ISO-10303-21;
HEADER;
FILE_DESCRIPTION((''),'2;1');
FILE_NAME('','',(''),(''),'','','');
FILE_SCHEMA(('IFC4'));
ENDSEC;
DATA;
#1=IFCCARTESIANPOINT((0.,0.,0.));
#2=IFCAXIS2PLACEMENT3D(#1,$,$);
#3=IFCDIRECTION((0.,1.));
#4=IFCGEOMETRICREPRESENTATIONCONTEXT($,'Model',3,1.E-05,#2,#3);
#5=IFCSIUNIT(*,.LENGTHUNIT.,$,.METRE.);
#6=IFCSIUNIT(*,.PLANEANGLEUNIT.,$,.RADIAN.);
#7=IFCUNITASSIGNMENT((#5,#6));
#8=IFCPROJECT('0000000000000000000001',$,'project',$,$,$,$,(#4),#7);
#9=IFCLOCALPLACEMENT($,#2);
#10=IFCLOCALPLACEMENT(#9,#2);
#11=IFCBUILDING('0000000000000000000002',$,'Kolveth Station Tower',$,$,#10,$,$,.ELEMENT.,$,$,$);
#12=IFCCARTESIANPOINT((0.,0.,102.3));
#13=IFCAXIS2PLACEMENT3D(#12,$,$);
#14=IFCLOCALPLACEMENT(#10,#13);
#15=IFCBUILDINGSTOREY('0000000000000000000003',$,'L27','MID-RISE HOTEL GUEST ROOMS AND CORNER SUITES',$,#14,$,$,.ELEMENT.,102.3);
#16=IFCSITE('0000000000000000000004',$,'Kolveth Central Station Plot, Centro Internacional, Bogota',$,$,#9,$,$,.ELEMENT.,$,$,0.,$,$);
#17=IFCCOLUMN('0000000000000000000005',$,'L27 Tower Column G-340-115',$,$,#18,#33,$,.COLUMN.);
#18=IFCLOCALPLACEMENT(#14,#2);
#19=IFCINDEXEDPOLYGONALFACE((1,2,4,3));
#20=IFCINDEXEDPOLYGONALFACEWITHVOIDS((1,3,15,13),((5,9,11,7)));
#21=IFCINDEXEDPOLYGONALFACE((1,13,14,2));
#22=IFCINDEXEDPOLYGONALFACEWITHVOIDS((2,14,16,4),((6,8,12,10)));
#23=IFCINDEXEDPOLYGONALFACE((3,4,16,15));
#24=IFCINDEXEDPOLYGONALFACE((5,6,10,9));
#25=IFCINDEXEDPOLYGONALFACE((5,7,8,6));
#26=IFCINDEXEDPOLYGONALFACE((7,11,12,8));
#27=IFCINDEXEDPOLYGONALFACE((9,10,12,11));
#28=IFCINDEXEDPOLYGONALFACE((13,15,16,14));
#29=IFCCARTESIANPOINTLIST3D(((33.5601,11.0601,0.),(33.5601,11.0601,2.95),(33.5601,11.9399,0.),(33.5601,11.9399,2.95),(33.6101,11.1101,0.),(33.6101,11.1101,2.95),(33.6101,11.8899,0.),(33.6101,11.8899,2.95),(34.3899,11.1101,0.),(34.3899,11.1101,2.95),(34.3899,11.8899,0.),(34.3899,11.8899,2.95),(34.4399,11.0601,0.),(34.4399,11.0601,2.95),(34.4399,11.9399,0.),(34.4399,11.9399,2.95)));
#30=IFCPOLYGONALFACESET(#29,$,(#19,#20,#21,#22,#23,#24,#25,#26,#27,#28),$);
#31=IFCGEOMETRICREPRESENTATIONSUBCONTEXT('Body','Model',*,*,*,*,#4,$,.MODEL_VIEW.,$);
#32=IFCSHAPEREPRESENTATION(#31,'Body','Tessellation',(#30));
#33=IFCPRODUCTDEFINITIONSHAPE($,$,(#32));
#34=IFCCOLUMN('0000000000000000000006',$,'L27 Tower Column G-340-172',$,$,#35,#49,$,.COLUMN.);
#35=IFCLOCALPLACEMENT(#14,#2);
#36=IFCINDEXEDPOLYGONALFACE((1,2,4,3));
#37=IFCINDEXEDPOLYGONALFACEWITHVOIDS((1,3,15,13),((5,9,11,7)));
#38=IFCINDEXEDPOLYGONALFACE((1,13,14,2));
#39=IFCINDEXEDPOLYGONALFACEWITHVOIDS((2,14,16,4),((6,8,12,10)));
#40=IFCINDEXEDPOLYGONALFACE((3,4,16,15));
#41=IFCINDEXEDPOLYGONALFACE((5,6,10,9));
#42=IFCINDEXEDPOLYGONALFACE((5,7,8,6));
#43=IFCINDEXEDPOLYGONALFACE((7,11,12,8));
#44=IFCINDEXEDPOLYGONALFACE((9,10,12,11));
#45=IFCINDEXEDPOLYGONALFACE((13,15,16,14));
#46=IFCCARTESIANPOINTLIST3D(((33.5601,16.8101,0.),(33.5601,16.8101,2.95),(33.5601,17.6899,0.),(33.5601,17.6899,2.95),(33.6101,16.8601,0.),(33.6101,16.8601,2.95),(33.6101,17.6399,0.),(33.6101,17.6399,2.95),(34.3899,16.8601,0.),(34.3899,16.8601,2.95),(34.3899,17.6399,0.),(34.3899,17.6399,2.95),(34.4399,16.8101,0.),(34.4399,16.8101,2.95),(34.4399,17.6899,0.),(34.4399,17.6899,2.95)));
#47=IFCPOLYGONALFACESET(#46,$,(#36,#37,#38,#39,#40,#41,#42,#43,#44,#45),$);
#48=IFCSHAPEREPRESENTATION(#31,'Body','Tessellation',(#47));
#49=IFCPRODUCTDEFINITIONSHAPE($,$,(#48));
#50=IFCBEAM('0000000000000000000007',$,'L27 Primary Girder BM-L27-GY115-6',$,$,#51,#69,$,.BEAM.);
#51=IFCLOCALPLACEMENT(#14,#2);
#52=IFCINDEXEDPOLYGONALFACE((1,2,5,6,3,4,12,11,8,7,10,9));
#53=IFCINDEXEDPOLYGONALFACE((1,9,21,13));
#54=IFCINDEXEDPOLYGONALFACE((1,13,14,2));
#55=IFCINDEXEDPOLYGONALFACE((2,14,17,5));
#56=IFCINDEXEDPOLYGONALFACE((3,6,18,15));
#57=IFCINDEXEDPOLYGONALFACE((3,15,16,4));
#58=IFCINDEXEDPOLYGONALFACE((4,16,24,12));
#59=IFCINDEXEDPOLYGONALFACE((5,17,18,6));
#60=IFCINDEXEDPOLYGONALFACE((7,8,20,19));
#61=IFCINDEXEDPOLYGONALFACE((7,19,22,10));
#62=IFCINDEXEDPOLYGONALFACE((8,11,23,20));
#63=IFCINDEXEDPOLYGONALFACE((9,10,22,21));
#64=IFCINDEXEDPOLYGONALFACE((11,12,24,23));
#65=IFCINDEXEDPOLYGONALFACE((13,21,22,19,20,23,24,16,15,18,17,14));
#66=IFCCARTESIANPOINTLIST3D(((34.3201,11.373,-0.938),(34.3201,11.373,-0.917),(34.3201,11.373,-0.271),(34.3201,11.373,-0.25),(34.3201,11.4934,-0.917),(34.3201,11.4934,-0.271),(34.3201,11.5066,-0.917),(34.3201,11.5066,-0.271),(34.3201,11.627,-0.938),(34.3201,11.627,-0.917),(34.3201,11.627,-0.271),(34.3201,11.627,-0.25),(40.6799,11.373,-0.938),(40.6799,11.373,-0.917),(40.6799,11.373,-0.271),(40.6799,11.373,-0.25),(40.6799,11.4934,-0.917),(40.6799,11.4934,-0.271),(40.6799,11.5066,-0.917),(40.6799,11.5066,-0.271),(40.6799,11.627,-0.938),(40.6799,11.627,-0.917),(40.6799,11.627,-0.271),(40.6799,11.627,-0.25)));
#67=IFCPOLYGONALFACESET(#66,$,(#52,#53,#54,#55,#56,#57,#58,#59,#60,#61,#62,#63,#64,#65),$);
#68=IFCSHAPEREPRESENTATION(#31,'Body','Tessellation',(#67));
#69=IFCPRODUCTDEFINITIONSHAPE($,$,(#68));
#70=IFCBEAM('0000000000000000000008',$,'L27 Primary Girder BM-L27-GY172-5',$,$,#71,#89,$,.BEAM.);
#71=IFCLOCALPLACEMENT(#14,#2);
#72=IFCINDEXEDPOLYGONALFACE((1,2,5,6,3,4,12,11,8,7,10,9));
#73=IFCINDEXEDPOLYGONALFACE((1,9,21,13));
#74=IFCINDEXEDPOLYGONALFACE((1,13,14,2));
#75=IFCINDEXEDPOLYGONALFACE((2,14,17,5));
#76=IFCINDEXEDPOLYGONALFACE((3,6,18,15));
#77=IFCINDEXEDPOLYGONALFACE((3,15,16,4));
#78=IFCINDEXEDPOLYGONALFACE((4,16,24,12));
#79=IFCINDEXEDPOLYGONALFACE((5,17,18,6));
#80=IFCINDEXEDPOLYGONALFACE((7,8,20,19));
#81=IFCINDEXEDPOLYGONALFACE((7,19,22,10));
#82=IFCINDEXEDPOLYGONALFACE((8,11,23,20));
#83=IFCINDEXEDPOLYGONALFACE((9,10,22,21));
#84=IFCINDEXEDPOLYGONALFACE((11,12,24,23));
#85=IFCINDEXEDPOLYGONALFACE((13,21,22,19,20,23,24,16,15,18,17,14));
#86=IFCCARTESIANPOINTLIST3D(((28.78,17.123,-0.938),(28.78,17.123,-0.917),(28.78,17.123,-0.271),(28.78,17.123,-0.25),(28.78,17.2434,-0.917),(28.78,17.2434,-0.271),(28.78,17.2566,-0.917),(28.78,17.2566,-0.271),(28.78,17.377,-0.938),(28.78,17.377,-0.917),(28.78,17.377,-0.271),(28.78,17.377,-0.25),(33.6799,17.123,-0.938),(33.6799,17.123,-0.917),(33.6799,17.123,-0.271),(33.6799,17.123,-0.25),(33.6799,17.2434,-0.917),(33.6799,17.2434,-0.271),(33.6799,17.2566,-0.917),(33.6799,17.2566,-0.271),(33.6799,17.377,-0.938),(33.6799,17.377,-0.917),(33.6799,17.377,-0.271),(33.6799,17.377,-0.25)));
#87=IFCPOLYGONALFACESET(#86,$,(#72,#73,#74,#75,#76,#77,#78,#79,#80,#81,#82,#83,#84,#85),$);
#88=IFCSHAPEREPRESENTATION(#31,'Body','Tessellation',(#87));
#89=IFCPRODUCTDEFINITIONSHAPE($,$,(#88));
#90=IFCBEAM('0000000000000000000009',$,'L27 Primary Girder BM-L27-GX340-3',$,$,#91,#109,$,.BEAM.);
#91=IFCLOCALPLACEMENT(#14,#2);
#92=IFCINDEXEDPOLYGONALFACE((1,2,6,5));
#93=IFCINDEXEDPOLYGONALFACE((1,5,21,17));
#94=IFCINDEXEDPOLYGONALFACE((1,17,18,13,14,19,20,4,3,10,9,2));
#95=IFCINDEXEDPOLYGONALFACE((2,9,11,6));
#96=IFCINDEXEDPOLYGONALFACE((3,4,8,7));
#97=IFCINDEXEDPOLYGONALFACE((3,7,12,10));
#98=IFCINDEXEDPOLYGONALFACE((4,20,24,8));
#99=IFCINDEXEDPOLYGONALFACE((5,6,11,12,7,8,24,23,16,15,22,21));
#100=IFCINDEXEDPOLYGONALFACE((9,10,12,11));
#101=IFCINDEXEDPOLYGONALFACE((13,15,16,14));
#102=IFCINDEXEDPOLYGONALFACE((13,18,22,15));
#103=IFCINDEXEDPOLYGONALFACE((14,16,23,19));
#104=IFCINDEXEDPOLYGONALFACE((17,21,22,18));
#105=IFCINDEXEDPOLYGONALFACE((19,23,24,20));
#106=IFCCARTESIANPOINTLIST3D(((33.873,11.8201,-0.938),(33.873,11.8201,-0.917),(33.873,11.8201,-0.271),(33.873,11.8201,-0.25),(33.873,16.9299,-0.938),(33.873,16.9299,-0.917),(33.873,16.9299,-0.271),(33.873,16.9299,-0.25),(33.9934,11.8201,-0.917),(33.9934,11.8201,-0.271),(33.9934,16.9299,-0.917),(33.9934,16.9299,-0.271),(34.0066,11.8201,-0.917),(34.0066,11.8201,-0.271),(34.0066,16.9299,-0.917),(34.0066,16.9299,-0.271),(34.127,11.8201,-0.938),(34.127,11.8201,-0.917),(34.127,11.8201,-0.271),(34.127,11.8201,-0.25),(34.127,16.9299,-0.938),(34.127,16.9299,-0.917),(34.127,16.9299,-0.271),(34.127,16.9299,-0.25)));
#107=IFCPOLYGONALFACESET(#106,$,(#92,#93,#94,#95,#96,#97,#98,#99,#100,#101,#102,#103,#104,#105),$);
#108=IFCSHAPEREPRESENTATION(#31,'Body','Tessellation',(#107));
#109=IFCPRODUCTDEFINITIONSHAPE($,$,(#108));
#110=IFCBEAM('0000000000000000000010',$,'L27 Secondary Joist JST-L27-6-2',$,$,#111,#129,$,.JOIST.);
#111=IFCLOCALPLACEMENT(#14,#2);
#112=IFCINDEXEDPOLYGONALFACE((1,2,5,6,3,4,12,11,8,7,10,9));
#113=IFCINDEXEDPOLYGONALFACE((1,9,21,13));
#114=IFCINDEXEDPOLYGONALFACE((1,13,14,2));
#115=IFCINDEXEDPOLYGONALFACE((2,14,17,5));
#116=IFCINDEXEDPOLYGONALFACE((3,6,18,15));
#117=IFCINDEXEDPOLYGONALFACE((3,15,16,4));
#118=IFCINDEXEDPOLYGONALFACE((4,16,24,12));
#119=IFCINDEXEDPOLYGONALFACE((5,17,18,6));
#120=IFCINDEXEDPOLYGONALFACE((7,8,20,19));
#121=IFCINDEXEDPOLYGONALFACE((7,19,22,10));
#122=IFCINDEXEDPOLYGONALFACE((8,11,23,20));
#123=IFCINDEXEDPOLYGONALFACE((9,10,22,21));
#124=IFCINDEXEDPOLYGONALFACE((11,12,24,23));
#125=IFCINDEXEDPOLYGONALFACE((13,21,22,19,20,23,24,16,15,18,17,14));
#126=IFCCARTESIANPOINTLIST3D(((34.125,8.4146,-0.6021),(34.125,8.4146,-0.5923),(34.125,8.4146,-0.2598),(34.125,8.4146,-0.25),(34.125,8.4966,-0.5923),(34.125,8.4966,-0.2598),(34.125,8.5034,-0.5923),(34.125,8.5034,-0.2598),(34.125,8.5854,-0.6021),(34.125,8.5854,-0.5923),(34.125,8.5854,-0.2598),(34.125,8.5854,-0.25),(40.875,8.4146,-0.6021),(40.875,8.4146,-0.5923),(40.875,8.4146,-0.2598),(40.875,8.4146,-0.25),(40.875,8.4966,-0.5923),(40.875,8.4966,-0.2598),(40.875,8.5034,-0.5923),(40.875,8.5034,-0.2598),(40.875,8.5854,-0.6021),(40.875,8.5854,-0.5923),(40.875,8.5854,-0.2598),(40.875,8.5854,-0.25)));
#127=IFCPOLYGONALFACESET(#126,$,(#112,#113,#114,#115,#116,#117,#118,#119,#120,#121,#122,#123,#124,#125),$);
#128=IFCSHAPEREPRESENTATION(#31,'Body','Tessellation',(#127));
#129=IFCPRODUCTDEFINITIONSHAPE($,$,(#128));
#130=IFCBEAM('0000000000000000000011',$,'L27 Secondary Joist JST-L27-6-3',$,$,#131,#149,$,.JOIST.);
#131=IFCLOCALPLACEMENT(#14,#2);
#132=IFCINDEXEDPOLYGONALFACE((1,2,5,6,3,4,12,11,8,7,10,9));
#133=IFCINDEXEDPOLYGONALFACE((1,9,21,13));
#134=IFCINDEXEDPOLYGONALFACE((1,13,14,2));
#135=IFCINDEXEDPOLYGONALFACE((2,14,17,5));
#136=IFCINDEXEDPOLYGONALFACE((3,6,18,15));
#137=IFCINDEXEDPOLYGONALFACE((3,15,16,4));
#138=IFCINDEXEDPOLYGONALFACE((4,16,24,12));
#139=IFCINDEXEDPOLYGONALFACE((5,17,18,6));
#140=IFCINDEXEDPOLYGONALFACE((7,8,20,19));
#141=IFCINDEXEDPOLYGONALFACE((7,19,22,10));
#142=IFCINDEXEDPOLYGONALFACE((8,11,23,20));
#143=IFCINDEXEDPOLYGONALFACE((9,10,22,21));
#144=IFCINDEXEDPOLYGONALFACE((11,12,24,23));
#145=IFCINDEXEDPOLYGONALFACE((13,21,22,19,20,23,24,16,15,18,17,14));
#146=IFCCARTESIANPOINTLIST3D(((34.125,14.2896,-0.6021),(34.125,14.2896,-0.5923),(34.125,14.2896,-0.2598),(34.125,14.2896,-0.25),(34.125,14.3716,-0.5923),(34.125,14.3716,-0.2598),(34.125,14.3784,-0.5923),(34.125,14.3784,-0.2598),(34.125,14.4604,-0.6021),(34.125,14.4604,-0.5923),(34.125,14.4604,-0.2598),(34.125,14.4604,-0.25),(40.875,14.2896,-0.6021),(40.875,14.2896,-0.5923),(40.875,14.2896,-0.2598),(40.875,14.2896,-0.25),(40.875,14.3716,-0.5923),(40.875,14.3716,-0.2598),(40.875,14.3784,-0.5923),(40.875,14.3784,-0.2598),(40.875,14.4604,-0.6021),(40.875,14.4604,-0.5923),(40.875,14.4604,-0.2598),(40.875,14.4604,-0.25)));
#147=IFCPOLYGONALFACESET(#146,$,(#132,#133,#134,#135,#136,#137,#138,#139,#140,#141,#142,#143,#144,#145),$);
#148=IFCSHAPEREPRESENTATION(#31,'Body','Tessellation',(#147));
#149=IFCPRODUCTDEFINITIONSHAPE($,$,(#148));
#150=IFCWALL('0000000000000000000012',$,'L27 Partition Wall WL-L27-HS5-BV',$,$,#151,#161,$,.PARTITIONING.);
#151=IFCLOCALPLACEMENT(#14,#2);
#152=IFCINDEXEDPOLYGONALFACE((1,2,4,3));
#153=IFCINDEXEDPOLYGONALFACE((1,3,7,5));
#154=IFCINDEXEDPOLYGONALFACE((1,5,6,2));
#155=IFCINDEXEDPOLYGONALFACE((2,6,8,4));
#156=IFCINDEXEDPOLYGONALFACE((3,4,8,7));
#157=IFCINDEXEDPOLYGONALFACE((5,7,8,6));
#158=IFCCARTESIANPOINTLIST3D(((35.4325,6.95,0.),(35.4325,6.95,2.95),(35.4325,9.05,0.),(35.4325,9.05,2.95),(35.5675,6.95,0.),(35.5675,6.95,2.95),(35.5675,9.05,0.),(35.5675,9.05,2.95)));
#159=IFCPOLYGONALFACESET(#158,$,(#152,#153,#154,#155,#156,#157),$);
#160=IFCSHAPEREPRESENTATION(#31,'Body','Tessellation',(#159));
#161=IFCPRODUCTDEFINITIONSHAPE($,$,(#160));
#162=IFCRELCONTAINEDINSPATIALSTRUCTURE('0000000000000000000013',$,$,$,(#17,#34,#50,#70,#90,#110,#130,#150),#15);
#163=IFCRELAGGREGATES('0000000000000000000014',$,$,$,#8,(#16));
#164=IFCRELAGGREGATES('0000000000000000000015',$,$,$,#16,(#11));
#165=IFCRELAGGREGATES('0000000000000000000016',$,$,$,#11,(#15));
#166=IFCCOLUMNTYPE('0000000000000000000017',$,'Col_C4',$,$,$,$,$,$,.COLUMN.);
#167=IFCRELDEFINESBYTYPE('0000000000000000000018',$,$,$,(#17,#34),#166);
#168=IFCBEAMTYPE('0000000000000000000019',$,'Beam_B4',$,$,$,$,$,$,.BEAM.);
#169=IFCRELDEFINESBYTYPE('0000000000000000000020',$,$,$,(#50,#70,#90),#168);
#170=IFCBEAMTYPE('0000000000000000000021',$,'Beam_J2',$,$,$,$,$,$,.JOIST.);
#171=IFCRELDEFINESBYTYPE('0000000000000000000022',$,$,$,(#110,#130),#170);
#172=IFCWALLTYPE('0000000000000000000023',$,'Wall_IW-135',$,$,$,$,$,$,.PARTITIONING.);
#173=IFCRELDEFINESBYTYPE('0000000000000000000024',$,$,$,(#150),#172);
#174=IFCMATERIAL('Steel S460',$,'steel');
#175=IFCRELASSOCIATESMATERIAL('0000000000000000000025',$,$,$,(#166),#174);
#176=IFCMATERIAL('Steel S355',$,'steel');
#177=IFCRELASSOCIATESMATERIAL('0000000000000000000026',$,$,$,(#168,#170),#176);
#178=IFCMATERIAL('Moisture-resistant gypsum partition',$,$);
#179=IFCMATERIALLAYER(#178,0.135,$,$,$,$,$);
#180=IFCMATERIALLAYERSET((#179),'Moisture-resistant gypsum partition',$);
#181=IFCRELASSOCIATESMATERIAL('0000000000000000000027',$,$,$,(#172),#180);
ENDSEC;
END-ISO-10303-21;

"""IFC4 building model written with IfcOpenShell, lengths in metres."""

from ifc_helpers import new_model, si_unit, direction, frame, frame_2d, origin, origin_2d, place, context, subcontext, project, spatial, rectangle, hollow_rectangle, i_section, extrude, source, transform, mapped, material, layer, layer_set, material_profile, profile_set, type_object, element, save


model = new_model("IFC4")

# Units and contexts
model_context = context("Model", 3, precision=1e-05, world=origin(), true_north=direction((0.0, 1.0)))
body_context = subcontext(model_context, "Body", "Model", "MODEL_VIEW")
ifc_project = project(units=[si_unit("LENGTHUNIT", "METRE"), si_unit("PLANEANGLEUNIT", "RADIAN")], contexts=[model_context])

# Site, building, storey
site_placement = place(None, origin())
site = spatial("IfcSite", under=ifc_project, at=site_placement, Name="Kolveth Central Station Plot, Centro Internacional, Bogota", CompositionType="ELEMENT", RefElevation=0.0)
building_placement = place(site_placement, origin())
building = spatial("IfcBuilding", under=site, at=building_placement, Name="Kolveth Station Tower", CompositionType="ELEMENT")
storey_placement = place(building_placement, frame((0.0, 0.0, 102.3)))
storey = spatial("IfcBuildingStorey", under=building, at=storey_placement, Name="L27", Description="MID-RISE HOTEL GUEST ROOMS AND CORNER SUITES", CompositionType="ELEMENT", Elevation=102.3)

# Columns
ifc_material_1 = material(Name="Steel S460", Category="steel")
ifc_material_profile_1 = material_profile(ifc_material_1, hollow_rectangle(XDim=0.8799, YDim=0.8799, WallThickness=0.05, at=origin_2d()), Name="BOX880x880x50")
ifc_profile_set_1 = profile_set([ifc_material_profile_1], Name="Steel S460")
column_type = type_object("IfcColumnType", Name="Col_C4", PredefinedType="COLUMN", material=ifc_profile_set_1)
shared_shape_1 = source(origin(), body_context, "Body", "SweptSolid", [
    extrude(hollow_rectangle(XDim=0.8799, YDim=0.8799, WallThickness=0.05, at=origin_2d()), origin(), (0.0, 0.0, 1.0), 2.95),
])
for number, where, z_axis, x_axis, name in (
    (1, (34.0, 11.5, 0.0), (0.0, 0.0, 1.0), (1.0, 0.0, 0.0), "L27 Tower Column G-340-115"),
    (2, (34.0, 17.25, 0.0), (0.0, 0.0, 1.0), (1.0, 0.0, 0.0), "L27 Tower Column G-340-172"),
):
    element("IfcColumn", number, at=place(storey_placement, frame(where, z_axis=z_axis, x_axis=x_axis)), inside=storey, type_object=column_type, Name=name, PredefinedType="COLUMN", context=body_context, shape_type="MappedRepresentation", body=[
        mapped(shared_shape_1, transform((0.0, 0.0, 0.0), x_axis=(1.0, 0.0, 0.0), y_axis=(0.0, 1.0, 0.0), z_axis=(0.0, 0.0, 1.0), scale=1.0)),
    ])

# Beams
ifc_material_2 = material(Name="Steel S355", Category="steel")
ifc_material_profile_2 = material_profile(ifc_material_2, i_section(OverallWidth=0.2539, OverallDepth=0.688, WebThickness=0.0132, FlangeThickness=0.021, at=origin_2d()), Name="W690x152")
ifc_profile_set_2 = profile_set([ifc_material_profile_2], Name="Steel S355")
beam_type_1 = type_object("IfcBeamType", Name="Beam_B4", PredefinedType="BEAM", material=ifc_profile_set_2)
shared_shape_2 = source(origin(), body_context, "Body", "SweptSolid", [
    extrude(i_section(OverallWidth=0.2539, OverallDepth=0.688, WebThickness=0.0132, FlangeThickness=0.021, at=origin_2d()), origin(), (0.0, 0.0, 1.0), 6.3599),
])
beam_1_placement = place(storey_placement, frame((34.3201, 11.5, -0.594), z_axis=(1.0, 0.0, 0.0), x_axis=(0.0, 1.0, 0.0)))
element("IfcBeam", 3, at=beam_1_placement, inside=storey, type_object=beam_type_1, Name="L27 Primary Girder BM-L27-GY115-6", PredefinedType="BEAM", context=body_context, shape_type="MappedRepresentation", body=[
    mapped(shared_shape_2, transform((0.0, 0.0, 0.0), x_axis=(1.0, 0.0, 0.0), y_axis=(0.0, 1.0, 0.0), z_axis=(0.0, 0.0, 1.0), scale=1.0)),
])
shared_shape_3 = source(origin(), body_context, "Body", "SweptSolid", [
    extrude(i_section(OverallWidth=0.2539, OverallDepth=0.688, WebThickness=0.0132, FlangeThickness=0.021, at=origin_2d()), origin(), (0.0, 0.0, 1.0), 4.8999),
])
beam_2_placement = place(storey_placement, frame((28.78, 17.25, -0.594), z_axis=(1.0, 0.0, 0.0), x_axis=(0.0, 1.0, 0.0)))
element("IfcBeam", 4, at=beam_2_placement, inside=storey, type_object=beam_type_1, Name="L27 Primary Girder BM-L27-GY172-5", PredefinedType="BEAM", context=body_context, shape_type="MappedRepresentation", body=[
    mapped(shared_shape_3, transform((0.0, 0.0, 0.0), x_axis=(1.0, 0.0, 0.0), y_axis=(0.0, 1.0, 0.0), z_axis=(0.0, 0.0, 1.0), scale=1.0)),
])
shared_shape_4 = source(origin(), body_context, "Body", "SweptSolid", [
    extrude(i_section(OverallWidth=0.2539, OverallDepth=0.688, WebThickness=0.0132, FlangeThickness=0.021, at=origin_2d()), origin(), (0.0, 0.0, 1.0), 5.1099),
])
beam_3_placement = place(storey_placement, frame((34.0, 11.8201, -0.594), z_axis=(0.0, 1.0, 0.0), x_axis=(-1.0, 0.0, 0.0)))
element("IfcBeam", 5, at=beam_3_placement, inside=storey, type_object=beam_type_1, Name="L27 Primary Girder BM-L27-GX340-3", PredefinedType="BEAM", context=body_context, shape_type="MappedRepresentation", body=[
    mapped(shared_shape_4, transform((0.0, 0.0, 0.0), x_axis=(1.0, 0.0, 0.0), y_axis=(0.0, 1.0, 0.0), z_axis=(0.0, 0.0, 1.0), scale=1.0)),
])
ifc_material_profile_3 = material_profile(ifc_material_2, i_section(OverallWidth=0.1709, OverallDepth=0.3521, WebThickness=0.0068, FlangeThickness=0.0098, at=origin_2d()), Name="W360x44")
ifc_profile_set_3 = profile_set([ifc_material_profile_3], Name="Steel S355")
beam_type_2 = type_object("IfcBeamType", Name="Beam_J2", PredefinedType="JOIST", material=ifc_profile_set_3)
shared_shape_5 = source(origin(), body_context, "Body", "SweptSolid", [
    extrude(i_section(OverallWidth=0.1709, OverallDepth=0.3521, WebThickness=0.0068, FlangeThickness=0.0098, at=origin_2d()), origin(), (0.0, 0.0, 1.0), 6.75),
])
for number, where, z_axis, x_axis, name in (
    (6, (34.125, 8.5, -0.426), (1.0, 0.0, 0.0), (0.0, 1.0, 0.0), "L27 Secondary Joist JST-L27-6-2"),
    (7, (34.125, 14.375, -0.426), (1.0, 0.0, 0.0), (0.0, 1.0, 0.0), "L27 Secondary Joist JST-L27-6-3"),
):
    element("IfcBeam", number, at=place(storey_placement, frame(where, z_axis=z_axis, x_axis=x_axis)), inside=storey, type_object=beam_type_2, Name=name, PredefinedType="JOIST", context=body_context, shape_type="MappedRepresentation", body=[
        mapped(shared_shape_5, transform((0.0, 0.0, 0.0), x_axis=(1.0, 0.0, 0.0), y_axis=(0.0, 1.0, 0.0), z_axis=(0.0, 0.0, 1.0), scale=1.0)),
    ])

# Wall
ifc_material_3 = material(Name="Moisture-resistant gypsum partition")
ifc_layer_1 = layer(ifc_material_3, 0.135)
ifc_layer_set_1 = layer_set([ifc_layer_1], Name="Moisture-resistant gypsum partition")
wall_type_1 = type_object("IfcWallType", Name="Wall_IW-135", PredefinedType="PARTITIONING", material=ifc_layer_set_1)
wall_1_placement = place(storey_placement, frame((35.5, 6.95, 0.0), z_axis=(0.0, 0.0, 1.0), x_axis=(0.0, 1.0, 0.0)))
element("IfcWall", 8, at=wall_1_placement, inside=storey, type_object=wall_type_1, Name="L27 Partition Wall WL-L27-HS5-BV", PredefinedType="PARTITIONING", context=body_context, shape_type="SweptSolid", body=[
    extrude(rectangle(XDim=2.1001, YDim=0.135, at=frame_2d((1.05, 0.0))), origin(), (0.0, 0.0, 1.0), 2.95),
])

save(model, "model.ifc")
